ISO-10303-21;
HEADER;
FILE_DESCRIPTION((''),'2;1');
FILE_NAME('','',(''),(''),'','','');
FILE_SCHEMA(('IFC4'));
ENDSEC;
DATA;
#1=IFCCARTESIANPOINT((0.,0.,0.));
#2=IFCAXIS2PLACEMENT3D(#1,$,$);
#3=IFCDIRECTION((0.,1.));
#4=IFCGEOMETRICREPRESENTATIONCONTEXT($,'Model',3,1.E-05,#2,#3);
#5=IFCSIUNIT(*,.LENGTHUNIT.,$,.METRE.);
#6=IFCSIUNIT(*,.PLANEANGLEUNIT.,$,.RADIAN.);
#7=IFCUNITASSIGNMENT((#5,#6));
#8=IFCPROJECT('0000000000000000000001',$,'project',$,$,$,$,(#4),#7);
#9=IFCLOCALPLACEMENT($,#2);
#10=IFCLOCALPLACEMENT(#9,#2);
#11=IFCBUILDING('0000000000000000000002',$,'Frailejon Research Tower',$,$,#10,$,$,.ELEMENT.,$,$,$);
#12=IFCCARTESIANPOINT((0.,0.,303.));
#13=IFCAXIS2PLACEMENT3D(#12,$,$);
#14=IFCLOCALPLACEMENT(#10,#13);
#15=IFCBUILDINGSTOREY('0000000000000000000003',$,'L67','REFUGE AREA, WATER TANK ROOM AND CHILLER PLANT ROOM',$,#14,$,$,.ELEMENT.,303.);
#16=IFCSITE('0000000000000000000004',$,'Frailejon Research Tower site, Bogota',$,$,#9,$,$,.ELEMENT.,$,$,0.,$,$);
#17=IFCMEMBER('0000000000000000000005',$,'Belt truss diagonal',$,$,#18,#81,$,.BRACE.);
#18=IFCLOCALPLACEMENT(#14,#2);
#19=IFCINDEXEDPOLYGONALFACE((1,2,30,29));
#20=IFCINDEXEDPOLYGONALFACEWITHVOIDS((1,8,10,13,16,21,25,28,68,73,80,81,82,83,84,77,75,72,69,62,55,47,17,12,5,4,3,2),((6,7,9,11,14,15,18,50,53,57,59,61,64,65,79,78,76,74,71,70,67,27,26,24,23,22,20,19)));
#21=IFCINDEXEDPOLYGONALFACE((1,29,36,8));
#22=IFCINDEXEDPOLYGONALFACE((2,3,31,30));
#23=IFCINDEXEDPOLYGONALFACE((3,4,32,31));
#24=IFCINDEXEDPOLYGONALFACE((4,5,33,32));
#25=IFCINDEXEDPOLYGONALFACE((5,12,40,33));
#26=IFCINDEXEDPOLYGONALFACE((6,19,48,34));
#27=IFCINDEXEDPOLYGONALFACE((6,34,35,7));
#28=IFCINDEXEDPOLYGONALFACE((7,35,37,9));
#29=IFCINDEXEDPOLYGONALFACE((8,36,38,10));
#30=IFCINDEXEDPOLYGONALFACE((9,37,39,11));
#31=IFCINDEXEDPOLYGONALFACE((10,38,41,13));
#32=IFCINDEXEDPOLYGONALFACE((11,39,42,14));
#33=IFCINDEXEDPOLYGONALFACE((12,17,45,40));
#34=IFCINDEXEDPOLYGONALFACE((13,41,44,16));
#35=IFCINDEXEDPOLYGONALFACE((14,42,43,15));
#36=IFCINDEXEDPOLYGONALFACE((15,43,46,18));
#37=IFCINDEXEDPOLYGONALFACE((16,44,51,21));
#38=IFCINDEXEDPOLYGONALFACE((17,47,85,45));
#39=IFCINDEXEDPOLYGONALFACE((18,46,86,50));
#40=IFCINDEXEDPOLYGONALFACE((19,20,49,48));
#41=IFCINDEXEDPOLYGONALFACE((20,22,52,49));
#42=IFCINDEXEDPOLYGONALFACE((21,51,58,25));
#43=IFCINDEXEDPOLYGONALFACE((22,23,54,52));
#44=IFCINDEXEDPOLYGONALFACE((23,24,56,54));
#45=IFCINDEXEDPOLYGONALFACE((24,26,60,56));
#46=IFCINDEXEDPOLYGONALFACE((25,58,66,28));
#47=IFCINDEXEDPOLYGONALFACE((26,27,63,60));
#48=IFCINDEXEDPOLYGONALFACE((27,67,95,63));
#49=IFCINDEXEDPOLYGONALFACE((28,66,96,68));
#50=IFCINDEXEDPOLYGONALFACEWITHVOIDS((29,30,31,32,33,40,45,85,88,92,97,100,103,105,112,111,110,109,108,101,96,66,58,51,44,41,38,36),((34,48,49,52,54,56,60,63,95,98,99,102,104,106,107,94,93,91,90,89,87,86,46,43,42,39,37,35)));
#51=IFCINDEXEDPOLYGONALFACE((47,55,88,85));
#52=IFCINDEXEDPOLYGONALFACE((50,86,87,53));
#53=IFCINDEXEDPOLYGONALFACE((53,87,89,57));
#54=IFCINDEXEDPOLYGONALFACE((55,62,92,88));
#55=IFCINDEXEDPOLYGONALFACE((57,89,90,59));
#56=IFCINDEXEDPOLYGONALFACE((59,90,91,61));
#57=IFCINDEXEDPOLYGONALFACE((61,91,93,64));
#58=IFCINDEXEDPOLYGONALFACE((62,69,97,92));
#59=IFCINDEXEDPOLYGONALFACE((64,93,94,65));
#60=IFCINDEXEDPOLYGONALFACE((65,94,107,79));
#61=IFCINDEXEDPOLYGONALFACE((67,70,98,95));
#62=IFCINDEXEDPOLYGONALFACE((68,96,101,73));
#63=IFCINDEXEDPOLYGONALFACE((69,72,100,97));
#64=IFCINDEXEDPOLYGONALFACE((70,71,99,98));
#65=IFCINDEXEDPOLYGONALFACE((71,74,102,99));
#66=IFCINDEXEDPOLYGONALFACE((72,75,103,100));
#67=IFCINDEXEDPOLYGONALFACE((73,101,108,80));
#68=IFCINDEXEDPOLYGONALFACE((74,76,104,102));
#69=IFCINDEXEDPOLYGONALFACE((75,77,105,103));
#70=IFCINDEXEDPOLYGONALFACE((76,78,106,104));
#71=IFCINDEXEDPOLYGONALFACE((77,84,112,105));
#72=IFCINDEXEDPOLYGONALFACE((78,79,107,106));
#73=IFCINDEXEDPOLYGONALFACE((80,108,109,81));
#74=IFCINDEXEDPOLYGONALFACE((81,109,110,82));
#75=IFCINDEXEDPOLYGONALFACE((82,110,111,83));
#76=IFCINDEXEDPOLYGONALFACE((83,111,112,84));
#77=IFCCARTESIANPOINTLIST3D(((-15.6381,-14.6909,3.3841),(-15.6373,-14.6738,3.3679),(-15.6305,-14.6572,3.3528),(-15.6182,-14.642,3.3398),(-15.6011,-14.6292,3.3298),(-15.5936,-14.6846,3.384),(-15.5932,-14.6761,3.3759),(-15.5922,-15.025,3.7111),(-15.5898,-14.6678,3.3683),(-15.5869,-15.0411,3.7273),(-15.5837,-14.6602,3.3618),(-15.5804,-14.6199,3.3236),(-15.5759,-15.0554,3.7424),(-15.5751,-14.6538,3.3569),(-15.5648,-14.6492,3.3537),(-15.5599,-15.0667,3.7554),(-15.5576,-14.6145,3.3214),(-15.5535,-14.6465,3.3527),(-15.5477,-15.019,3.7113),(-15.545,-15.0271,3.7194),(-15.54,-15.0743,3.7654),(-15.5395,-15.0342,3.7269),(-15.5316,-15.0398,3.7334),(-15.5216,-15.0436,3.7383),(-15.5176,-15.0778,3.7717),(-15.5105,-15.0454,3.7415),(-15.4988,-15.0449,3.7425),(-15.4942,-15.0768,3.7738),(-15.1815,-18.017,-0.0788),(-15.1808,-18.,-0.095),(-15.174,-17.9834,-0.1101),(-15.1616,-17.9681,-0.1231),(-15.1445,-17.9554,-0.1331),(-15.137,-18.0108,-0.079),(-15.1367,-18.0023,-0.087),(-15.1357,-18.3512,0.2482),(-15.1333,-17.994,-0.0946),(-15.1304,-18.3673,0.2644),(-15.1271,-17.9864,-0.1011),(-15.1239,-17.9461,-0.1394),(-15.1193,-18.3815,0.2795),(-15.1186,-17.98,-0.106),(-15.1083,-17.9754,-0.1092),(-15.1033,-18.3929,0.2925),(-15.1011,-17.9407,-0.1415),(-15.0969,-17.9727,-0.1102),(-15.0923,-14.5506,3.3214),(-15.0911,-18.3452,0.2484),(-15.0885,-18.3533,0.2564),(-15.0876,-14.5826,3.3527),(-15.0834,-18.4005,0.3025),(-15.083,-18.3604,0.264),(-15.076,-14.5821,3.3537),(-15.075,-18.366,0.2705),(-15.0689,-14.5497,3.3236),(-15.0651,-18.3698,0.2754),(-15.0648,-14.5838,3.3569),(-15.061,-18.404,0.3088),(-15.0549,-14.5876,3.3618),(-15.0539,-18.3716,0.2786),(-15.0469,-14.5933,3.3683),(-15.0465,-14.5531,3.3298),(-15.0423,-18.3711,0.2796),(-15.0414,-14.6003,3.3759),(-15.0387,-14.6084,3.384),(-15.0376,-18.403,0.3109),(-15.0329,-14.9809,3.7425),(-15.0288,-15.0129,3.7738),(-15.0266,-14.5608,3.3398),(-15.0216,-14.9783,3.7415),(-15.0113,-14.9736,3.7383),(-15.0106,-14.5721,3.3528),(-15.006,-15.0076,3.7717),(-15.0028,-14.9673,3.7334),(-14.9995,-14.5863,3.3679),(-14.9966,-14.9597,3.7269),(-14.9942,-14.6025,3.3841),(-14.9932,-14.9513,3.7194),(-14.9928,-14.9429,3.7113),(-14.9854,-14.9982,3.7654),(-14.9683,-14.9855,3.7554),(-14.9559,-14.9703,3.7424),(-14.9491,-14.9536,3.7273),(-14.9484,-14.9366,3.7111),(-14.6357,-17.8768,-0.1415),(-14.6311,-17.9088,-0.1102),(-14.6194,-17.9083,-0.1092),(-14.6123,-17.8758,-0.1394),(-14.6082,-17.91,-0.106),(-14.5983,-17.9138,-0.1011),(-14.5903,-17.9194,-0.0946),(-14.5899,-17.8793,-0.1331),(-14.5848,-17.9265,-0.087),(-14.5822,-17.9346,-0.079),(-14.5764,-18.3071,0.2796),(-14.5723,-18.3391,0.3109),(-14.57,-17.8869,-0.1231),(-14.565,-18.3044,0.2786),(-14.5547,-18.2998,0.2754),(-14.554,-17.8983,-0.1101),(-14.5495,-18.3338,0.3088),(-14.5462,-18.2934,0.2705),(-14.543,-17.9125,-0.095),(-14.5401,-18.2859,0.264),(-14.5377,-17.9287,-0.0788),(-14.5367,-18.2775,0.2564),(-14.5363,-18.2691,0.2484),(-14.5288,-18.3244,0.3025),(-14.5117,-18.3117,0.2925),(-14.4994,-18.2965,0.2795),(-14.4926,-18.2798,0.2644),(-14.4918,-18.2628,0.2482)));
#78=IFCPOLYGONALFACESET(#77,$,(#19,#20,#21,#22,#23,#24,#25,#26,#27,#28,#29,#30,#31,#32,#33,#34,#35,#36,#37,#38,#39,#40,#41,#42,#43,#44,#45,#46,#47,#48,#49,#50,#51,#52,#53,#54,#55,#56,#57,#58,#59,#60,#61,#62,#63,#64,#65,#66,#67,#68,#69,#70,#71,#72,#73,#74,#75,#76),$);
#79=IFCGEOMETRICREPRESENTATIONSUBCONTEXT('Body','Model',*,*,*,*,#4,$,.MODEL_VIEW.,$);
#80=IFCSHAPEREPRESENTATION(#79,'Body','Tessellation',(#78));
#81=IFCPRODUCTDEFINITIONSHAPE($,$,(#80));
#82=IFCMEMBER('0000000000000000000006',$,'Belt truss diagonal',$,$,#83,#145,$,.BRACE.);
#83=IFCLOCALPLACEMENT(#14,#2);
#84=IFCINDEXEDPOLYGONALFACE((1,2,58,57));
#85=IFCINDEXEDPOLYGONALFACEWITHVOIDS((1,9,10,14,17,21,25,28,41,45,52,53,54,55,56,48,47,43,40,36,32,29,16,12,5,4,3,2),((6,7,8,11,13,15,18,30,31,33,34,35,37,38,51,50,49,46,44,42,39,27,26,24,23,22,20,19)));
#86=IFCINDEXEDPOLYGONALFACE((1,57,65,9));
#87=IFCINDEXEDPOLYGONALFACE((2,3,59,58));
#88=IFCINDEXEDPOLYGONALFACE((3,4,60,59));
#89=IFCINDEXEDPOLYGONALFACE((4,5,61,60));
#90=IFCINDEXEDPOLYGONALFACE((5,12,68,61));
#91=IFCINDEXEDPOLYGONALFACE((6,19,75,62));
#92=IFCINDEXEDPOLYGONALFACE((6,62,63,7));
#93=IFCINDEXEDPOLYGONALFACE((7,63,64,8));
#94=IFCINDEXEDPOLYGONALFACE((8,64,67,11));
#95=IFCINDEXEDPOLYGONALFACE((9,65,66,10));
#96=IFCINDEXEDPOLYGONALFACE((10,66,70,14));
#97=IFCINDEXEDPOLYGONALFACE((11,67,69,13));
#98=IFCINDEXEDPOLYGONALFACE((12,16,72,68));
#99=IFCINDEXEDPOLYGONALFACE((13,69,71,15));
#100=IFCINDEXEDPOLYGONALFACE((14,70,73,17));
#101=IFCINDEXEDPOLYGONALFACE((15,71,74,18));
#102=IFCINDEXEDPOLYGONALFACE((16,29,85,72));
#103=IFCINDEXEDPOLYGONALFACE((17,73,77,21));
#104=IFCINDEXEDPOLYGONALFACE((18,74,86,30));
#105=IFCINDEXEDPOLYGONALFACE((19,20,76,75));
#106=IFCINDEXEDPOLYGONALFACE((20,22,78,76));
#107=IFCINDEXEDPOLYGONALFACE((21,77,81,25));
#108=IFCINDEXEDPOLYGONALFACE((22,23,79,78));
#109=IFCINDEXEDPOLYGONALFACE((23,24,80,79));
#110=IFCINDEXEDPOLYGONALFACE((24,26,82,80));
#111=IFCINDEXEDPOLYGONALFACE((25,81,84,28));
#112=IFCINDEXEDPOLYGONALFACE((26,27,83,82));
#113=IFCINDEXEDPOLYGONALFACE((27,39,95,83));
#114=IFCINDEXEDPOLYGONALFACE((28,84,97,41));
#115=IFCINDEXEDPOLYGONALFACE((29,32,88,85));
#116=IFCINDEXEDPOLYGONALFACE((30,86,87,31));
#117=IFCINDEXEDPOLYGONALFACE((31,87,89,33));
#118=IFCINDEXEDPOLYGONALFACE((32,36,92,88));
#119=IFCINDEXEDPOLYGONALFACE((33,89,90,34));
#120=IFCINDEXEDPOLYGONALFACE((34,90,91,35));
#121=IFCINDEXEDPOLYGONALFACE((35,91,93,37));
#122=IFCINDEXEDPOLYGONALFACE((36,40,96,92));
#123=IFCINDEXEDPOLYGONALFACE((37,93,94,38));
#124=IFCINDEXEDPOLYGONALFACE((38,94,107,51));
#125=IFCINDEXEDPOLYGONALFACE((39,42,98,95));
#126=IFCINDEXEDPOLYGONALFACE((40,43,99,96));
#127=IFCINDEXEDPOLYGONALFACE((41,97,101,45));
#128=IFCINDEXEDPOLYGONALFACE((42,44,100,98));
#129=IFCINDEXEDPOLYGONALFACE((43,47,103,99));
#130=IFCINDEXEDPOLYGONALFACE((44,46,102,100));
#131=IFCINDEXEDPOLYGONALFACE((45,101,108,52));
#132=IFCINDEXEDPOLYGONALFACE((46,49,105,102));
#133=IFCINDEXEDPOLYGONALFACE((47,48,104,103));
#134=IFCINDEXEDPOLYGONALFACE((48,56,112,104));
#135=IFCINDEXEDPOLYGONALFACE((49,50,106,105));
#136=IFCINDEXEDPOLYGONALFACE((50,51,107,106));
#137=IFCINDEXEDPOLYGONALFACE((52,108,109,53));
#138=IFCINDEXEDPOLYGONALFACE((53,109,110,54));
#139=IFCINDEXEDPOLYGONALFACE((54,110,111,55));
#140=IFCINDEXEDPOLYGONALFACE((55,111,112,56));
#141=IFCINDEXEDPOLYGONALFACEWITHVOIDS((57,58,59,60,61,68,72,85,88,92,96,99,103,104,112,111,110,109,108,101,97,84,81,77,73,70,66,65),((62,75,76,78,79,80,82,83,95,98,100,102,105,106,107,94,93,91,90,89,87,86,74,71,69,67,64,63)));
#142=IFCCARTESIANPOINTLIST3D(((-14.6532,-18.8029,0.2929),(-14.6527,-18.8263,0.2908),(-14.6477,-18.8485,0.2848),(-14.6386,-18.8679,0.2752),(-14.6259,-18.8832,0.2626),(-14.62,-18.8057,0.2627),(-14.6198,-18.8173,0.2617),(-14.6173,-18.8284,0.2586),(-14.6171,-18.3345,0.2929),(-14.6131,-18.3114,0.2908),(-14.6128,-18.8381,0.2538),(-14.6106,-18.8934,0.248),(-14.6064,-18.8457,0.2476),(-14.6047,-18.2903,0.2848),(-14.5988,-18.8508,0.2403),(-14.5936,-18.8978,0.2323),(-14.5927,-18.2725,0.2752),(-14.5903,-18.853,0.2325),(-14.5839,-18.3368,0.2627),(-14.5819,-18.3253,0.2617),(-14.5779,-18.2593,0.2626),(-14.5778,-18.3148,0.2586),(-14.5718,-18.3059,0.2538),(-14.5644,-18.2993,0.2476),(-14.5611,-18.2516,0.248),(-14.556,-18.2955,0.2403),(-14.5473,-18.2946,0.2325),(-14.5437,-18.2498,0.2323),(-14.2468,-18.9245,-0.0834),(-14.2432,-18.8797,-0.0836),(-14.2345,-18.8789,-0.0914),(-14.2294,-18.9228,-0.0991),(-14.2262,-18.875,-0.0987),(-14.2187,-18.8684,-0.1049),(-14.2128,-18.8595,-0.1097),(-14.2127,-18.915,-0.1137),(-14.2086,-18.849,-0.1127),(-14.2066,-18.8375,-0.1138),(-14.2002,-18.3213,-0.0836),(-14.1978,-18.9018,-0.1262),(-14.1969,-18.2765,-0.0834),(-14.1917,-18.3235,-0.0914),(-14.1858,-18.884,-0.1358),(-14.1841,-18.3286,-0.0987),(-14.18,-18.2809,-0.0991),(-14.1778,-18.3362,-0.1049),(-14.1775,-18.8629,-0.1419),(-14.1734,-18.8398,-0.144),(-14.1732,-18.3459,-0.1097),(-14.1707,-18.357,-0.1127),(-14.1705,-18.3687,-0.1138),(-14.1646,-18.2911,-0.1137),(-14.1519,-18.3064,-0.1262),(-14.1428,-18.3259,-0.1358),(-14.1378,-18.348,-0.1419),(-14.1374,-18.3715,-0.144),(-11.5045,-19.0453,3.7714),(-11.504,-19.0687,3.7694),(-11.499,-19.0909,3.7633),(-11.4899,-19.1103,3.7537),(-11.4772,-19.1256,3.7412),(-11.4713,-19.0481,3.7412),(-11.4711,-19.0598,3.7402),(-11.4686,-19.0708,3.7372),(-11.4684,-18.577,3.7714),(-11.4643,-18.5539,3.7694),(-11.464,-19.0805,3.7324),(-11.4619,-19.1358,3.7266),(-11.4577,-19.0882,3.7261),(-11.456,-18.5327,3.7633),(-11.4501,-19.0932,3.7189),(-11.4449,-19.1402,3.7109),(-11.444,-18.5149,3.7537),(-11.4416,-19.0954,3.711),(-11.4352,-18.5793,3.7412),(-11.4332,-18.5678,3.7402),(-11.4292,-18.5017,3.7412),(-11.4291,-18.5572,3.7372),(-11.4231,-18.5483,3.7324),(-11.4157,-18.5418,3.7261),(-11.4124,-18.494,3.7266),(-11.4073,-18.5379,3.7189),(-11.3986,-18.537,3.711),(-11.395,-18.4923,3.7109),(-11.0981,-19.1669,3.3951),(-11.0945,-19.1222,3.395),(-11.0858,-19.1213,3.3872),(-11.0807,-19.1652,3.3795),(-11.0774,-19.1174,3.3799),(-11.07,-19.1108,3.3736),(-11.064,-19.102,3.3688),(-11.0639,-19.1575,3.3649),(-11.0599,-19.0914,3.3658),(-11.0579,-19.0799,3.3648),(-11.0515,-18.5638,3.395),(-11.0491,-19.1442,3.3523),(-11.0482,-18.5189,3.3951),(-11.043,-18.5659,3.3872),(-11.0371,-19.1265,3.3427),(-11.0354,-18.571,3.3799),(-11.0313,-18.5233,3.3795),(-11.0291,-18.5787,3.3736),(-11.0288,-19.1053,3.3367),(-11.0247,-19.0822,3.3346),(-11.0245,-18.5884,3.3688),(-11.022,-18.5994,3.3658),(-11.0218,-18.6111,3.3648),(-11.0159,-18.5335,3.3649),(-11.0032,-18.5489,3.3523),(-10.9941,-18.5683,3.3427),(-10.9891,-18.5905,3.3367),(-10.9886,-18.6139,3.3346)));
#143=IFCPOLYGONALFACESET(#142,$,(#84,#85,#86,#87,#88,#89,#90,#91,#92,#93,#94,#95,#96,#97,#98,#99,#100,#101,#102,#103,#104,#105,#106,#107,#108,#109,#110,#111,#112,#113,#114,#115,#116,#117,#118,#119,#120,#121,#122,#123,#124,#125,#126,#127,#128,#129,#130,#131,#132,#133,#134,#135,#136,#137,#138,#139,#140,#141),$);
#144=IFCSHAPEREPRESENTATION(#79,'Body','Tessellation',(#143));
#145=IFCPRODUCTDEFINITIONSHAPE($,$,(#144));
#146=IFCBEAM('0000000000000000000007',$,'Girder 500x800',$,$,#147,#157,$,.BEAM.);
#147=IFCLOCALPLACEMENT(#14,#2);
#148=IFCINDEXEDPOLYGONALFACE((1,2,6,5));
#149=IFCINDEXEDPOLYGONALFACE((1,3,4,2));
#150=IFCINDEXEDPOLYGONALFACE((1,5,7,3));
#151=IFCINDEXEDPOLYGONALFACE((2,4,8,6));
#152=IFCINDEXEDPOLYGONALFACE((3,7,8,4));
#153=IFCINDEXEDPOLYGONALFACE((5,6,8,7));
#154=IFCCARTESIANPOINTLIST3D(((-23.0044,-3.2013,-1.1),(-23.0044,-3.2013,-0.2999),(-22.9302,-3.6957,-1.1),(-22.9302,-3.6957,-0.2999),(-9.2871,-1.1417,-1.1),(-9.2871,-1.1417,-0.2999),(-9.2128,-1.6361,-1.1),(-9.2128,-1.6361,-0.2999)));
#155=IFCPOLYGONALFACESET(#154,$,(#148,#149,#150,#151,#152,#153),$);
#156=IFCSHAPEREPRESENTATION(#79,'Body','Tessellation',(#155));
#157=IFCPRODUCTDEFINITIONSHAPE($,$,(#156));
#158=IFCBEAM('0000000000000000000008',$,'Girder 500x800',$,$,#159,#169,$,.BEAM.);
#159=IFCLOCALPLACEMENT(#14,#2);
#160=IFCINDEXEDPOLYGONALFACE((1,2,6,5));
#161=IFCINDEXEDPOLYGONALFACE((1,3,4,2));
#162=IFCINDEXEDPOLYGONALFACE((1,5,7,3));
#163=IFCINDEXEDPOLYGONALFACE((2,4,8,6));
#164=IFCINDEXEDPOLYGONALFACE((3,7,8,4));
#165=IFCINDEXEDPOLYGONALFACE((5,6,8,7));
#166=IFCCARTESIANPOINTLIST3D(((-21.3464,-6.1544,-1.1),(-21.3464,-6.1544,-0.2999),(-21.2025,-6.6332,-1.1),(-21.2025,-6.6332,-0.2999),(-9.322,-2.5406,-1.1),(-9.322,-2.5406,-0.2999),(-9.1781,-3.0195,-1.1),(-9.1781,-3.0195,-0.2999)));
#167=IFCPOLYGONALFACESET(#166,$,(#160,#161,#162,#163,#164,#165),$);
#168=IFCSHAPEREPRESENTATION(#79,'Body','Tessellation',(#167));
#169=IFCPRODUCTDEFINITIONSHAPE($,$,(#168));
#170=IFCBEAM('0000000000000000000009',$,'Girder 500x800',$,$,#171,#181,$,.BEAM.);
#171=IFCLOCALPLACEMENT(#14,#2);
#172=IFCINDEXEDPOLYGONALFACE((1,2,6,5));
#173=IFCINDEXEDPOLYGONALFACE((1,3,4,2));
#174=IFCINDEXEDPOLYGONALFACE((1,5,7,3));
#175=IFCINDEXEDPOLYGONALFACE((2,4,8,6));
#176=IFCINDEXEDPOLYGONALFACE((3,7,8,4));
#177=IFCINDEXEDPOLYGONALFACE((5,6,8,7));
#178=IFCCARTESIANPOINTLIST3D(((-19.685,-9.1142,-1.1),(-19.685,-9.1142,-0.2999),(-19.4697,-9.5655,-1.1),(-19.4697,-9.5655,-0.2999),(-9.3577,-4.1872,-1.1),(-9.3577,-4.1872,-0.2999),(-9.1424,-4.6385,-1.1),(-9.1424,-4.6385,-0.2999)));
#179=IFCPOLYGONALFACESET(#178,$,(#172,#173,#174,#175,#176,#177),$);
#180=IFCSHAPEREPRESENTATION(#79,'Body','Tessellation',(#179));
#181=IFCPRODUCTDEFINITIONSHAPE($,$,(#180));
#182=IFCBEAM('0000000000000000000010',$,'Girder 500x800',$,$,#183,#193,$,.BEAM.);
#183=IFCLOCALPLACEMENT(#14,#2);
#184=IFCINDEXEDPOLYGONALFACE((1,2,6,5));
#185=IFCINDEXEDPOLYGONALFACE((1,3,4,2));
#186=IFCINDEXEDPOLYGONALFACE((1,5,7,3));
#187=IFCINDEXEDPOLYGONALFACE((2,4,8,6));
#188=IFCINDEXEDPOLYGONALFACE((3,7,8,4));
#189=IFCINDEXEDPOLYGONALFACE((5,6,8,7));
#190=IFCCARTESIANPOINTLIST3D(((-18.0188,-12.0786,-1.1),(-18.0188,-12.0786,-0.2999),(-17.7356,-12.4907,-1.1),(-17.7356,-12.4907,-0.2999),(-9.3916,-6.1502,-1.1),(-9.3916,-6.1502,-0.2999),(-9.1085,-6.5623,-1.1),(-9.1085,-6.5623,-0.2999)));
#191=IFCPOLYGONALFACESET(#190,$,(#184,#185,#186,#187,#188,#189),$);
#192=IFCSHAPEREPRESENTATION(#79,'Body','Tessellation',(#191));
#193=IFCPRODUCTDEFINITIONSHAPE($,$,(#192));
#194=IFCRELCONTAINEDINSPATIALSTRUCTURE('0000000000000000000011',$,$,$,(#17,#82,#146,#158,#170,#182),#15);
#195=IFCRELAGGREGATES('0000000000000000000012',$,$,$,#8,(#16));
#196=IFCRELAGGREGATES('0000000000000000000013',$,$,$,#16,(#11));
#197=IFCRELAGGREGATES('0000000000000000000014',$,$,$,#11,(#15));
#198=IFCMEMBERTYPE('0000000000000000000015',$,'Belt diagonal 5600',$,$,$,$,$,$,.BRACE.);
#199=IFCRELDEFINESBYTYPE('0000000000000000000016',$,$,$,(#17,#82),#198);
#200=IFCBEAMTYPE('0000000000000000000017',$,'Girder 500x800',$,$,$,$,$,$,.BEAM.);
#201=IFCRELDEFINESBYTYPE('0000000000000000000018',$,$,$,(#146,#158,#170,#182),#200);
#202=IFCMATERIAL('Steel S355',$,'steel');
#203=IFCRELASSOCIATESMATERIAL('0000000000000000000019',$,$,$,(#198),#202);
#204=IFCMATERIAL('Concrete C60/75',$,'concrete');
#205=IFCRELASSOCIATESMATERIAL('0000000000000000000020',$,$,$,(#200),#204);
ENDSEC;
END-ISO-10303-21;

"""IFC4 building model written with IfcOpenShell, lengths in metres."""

from ifc_helpers import new_model, si_unit, direction, frame, origin, origin_2d, place, context, subcontext, project, spatial, rectangle, hollow_rectangle, extrude, material, material_profile, profile_set, type_object, element, save


model = new_model("IFC4")

# Units and contexts
model_context = context("Model", 3, precision=1e-05, world=origin(), true_north=direction((0.0, 1.0)))
body_context = subcontext(model_context, "Body", "Model", "MODEL_VIEW")
ifc_project = project(units=[si_unit("LENGTHUNIT", "METRE"), si_unit("PLANEANGLEUNIT", "RADIAN")], contexts=[model_context])

# Site, building, storey
site_placement = place(None, origin())
site = spatial("IfcSite", under=ifc_project, at=site_placement, Name="Frailejon Research Tower site, Bogota", CompositionType="ELEMENT", RefElevation=0.0)
building_placement = place(site_placement, origin())
building = spatial("IfcBuilding", under=site, at=building_placement, Name="Frailejon Research Tower", CompositionType="ELEMENT")
storey_placement = place(building_placement, frame((0.0, 0.0, 303.0)))
storey = spatial("IfcBuildingStorey", under=building, at=storey_placement, Name="L67", Description="REFUGE AREA, WATER TANK ROOM AND CHILLER PLANT ROOM", CompositionType="ELEMENT", Elevation=303.0)

# Members
ifc_material_1 = material(Name="Steel S355", Category="steel")
ifc_material_profile_1 = material_profile(ifc_material_1, hollow_rectangle(XDim=0.6499, YDim=0.6499, WallThickness=0.0449, InnerFilletRadius=0.0449, OuterFilletRadius=0.0901, at=origin_2d()), Name="Belt diagonal 5600")
ifc_profile_set_1 = profile_set([ifc_material_profile_1], Name="Steel S355")
member_type = type_object("IfcMemberType", Name="Belt diagonal 5600", PredefinedType="BRACE", material=ifc_profile_set_1)
member_1_placement = place(storey_placement, frame((-15.2932, -14.8137, 3.5476), z_axis=(0.094655, -0.689616, -0.717962), x_axis=(0.990711, 0.135983, 0.0)))
element("IfcMember", 1, at=member_1_placement, inside=storey, type_object=member_type, Name="Belt truss diagonal", PredefinedType="BRACE", context=body_context, shape_type="SweptSolid", body=[
    extrude(hollow_rectangle(XDim=0.6499, YDim=0.6499, WallThickness=0.0449, InnerFilletRadius=0.0449, OuterFilletRadius=0.0901, at=origin_2d()), origin(), (0.0, 0.0, 1.0), 4.8232),
])
member_2_placement = place(storey_placement, frame((-14.3953, -18.5872, 0.0745), z_axis=(0.67019, -0.051601, 0.740394), x_axis=(0.076767, 0.997049, 0.0)))
element("IfcMember", 2, at=member_2_placement, inside=storey, type_object=member_type, Name="Belt truss diagonal", PredefinedType="BRACE", context=body_context, shape_type="SweptSolid", body=[
    extrude(hollow_rectangle(XDim=0.6499, YDim=0.6499, WallThickness=0.0449, InnerFilletRadius=0.0449, OuterFilletRadius=0.0901, at=origin_2d()), origin(), (0.0, 0.0, 1.0), 4.6982),
])

# Beams
ifc_material_2 = material(Name="Concrete C60/75", Category="concrete")
ifc_material_profile_2 = material_profile(ifc_material_2, rectangle(XDim=0.5, YDim=0.8, at=origin_2d()), Name="Girder 500x800")
ifc_profile_set_2 = profile_set([ifc_material_profile_2], Name="Concrete C60/75")
beam_type_1 = type_object("IfcBeamType", Name="Girder 500x800", PredefinedType="BEAM", material=ifc_profile_set_2)
beam_1_placement = place(storey_placement, frame((-22.9673, -3.4485, -0.7), z_axis=(0.988915, 0.14848, 0.0), x_axis=(-0.14848, 0.988915, 0.0)))
element("IfcBeam", 3, at=beam_1_placement, inside=storey, type_object=beam_type_1, Name="Girder 500x800", PredefinedType="BEAM", context=body_context, shape_type="SweptSolid", body=[
    extrude(rectangle(XDim=0.5, YDim=0.8, at=origin_2d()), origin(), (0.0, 0.0, 1.0), 13.8711),
])
beam_2_placement = place(storey_placement, frame((-21.2744, -6.3938, -0.7), z_axis=(0.957685, 0.287819, 0.0), x_axis=(-0.287819, 0.957685, 0.0)))
element("IfcBeam", 4, at=beam_2_placement, inside=storey, type_object=beam_type_1, Name="Girder 500x800", PredefinedType="BEAM", context=body_context, shape_type="SweptSolid", body=[
    extrude(rectangle(XDim=0.5, YDim=0.8, at=origin_2d()), origin(), (0.0, 0.0, 1.0), 12.5557),
])
beam_3_placement = place(storey_placement, frame((-19.5774, -9.3398, -0.7), z_axis=(0.902548, 0.430589, 0.0), x_axis=(-0.430589, 0.902548, 0.0)))
element("IfcBeam", 5, at=beam_3_placement, inside=storey, type_object=beam_type_1, Name="Girder 500x800", PredefinedType="BEAM", context=body_context, shape_type="SweptSolid", body=[
    extrude(rectangle(XDim=0.5, YDim=0.8, at=origin_2d()), origin(), (0.0, 0.0, 1.0), 11.4424),
])
beam_4_placement = place(storey_placement, frame((-17.8772, -12.2847, -0.7), z_axis=(0.824164, 0.566352, 0.0), x_axis=(-0.566352, 0.824164, 0.0)))
element("IfcBeam", 6, at=beam_4_placement, inside=storey, type_object=beam_type_1, Name="Girder 500x800", PredefinedType="BEAM", context=body_context, shape_type="SweptSolid", body=[
    extrude(rectangle(XDim=0.5, YDim=0.8, at=origin_2d()), origin(), (0.0, 0.0, 1.0), 10.4678),
])

save(model, "model.ifc")
